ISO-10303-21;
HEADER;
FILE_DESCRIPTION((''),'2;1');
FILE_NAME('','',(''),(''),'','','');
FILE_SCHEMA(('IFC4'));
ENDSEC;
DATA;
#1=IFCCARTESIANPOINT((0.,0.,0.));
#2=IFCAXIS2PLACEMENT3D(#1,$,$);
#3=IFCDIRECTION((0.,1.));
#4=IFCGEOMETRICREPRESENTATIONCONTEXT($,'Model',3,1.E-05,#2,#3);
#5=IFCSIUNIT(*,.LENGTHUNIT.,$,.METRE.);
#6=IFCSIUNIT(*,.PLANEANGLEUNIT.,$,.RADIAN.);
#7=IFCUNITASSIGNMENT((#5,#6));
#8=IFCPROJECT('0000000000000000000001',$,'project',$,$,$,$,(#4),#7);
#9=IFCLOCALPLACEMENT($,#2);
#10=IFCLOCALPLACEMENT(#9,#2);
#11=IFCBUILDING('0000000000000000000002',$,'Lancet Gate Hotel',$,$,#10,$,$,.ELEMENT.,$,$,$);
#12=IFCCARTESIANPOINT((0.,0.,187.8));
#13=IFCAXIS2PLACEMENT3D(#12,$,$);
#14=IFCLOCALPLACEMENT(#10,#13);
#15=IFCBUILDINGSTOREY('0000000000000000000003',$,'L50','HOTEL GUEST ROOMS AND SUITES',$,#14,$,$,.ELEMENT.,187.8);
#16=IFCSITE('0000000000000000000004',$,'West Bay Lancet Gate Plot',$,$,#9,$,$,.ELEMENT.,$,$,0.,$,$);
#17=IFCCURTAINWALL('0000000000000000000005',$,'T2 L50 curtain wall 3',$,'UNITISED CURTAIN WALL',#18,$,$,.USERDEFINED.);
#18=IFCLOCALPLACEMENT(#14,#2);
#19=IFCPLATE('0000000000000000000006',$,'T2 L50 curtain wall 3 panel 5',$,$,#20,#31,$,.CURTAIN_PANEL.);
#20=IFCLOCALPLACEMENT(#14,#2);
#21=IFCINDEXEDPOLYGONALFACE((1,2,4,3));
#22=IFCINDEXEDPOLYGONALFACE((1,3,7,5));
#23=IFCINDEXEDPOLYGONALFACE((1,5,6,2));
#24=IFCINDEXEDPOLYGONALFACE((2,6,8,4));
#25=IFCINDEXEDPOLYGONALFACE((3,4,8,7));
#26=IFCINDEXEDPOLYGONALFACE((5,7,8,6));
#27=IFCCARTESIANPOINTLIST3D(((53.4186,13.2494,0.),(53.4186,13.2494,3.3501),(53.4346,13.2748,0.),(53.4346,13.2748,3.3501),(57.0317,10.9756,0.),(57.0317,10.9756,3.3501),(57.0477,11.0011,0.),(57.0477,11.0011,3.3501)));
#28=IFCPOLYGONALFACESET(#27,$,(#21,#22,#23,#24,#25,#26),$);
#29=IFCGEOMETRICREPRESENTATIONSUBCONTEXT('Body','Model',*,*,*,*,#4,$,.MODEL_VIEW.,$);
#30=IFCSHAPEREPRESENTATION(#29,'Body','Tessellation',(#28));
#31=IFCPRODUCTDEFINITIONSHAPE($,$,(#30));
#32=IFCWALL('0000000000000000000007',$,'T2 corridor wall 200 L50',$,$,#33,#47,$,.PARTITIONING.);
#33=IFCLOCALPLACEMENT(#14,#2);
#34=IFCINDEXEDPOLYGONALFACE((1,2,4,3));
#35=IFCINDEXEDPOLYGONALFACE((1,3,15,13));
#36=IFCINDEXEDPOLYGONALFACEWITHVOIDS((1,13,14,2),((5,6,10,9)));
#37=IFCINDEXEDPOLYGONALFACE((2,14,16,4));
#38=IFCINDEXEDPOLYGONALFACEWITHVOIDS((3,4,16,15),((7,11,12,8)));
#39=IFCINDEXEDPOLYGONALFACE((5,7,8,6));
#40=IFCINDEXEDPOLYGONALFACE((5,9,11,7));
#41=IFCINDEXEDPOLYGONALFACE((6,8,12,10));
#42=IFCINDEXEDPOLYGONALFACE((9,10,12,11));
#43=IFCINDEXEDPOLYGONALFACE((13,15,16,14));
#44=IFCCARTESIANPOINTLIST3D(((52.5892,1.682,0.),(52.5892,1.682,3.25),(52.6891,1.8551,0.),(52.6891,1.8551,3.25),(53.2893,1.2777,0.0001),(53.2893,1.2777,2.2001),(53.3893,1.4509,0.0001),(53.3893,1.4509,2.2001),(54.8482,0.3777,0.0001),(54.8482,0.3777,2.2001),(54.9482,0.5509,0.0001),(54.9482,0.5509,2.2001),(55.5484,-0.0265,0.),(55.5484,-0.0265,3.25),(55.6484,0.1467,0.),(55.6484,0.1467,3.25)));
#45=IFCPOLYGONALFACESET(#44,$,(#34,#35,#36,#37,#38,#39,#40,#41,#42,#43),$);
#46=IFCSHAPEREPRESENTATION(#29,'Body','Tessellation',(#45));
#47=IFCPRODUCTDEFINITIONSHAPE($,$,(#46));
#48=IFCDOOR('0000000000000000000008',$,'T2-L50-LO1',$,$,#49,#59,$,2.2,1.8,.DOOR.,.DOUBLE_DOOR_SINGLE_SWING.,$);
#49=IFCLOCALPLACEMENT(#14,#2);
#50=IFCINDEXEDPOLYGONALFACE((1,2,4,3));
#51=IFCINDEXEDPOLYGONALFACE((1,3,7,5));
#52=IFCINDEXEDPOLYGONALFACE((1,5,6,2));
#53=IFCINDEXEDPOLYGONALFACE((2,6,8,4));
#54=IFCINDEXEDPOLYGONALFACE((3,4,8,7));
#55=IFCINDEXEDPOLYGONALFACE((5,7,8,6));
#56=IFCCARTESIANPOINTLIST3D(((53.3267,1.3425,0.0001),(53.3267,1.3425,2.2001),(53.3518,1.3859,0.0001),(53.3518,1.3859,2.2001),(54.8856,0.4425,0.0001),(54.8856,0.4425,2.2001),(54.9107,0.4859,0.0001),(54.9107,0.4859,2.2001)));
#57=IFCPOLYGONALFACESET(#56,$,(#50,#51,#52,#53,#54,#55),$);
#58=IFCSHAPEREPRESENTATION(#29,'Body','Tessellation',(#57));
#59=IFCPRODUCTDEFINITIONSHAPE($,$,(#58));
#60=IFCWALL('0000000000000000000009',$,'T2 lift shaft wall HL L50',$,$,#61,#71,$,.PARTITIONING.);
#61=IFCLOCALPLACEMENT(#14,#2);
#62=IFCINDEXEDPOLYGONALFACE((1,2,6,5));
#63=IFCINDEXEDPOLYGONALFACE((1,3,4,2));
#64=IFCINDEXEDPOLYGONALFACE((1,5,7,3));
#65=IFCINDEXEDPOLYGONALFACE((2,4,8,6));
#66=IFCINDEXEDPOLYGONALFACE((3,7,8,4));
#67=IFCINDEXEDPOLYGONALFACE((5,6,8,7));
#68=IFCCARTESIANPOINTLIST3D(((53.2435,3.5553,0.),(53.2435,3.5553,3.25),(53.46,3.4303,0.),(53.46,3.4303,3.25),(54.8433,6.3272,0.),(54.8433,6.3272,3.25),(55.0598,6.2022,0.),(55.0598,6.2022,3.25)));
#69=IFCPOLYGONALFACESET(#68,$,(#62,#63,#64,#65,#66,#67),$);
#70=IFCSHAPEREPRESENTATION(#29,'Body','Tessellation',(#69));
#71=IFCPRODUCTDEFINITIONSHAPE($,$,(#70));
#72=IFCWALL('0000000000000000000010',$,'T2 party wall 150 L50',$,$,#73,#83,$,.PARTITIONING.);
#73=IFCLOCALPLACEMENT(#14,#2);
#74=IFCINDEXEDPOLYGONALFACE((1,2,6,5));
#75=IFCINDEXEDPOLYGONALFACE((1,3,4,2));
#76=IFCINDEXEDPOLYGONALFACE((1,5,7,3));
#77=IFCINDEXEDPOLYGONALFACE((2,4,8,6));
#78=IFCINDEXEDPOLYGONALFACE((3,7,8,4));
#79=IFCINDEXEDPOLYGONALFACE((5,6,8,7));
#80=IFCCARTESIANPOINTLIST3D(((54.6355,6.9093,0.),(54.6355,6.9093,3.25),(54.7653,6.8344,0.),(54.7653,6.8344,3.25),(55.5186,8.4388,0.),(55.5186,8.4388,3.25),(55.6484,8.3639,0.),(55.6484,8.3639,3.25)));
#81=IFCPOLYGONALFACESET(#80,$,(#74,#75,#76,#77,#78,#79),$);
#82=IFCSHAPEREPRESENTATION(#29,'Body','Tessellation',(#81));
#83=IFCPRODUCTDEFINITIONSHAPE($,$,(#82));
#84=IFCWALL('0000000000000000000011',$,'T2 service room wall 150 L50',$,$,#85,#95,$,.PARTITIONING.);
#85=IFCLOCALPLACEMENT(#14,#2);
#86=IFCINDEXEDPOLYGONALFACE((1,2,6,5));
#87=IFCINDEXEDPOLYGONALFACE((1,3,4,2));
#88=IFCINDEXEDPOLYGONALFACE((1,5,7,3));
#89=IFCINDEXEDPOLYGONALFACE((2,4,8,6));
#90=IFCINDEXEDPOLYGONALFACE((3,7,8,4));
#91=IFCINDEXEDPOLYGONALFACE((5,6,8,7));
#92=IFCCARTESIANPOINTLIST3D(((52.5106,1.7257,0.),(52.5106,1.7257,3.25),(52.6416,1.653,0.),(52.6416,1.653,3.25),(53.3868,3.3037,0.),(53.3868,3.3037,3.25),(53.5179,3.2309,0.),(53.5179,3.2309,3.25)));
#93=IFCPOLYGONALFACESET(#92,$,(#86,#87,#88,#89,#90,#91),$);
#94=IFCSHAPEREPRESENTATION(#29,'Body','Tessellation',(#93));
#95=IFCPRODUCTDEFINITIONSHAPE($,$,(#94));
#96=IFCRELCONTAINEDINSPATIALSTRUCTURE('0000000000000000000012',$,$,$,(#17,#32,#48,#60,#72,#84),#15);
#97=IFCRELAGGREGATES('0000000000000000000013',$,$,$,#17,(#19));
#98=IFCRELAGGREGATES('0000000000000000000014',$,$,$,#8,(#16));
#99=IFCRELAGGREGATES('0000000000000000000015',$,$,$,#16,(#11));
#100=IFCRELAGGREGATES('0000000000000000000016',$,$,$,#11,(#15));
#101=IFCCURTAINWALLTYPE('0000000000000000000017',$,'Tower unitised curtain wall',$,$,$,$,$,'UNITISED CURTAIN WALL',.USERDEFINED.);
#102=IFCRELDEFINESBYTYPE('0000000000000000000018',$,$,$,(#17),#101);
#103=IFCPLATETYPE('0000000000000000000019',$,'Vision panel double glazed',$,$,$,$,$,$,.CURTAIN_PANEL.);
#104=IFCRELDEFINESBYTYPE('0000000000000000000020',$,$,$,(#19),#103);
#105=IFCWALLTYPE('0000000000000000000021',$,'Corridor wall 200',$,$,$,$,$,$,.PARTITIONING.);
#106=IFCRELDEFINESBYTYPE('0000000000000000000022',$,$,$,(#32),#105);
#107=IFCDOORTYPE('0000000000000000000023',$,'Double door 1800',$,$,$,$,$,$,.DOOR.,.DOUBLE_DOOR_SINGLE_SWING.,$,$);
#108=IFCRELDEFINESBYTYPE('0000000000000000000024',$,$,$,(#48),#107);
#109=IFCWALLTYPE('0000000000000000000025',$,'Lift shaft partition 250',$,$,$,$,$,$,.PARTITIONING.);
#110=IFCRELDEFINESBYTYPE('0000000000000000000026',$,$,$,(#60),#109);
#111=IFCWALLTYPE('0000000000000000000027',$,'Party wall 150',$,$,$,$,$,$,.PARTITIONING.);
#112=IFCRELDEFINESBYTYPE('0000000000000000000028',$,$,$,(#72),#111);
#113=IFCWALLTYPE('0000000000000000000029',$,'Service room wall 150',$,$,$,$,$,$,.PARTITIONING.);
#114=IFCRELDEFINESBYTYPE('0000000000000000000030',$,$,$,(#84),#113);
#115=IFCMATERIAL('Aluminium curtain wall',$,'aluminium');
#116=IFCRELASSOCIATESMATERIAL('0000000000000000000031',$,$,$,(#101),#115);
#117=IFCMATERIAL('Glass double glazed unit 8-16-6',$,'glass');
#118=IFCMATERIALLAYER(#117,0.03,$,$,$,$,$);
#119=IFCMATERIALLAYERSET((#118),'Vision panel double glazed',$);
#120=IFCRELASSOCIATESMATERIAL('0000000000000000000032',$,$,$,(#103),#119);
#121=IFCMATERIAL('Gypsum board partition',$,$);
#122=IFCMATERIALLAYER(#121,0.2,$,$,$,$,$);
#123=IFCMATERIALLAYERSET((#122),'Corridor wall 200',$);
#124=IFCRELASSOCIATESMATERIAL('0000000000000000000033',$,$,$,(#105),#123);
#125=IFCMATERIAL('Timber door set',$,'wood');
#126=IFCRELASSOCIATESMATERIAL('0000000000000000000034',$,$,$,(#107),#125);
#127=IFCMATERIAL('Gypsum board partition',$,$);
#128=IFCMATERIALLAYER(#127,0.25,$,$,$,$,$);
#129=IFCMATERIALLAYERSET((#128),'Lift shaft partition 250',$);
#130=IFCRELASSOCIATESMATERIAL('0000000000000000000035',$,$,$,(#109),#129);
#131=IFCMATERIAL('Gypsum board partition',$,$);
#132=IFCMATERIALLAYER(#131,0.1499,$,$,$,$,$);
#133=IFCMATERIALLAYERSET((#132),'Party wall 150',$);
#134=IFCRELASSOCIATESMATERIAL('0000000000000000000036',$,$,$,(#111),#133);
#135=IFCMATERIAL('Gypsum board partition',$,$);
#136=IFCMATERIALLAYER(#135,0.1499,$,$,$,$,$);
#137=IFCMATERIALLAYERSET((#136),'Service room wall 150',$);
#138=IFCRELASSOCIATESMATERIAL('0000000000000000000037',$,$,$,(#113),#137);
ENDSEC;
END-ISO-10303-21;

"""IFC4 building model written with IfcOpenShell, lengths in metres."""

from ifc_helpers import new_model, si_unit, direction, frame, frame_2d, origin, origin_2d, place, context, subcontext, project, spatial, rectangle, extrude, material, layer, layer_set, type_object, element, fill, aggregate, save


model = new_model("IFC4")

# Units and contexts
model_context = context("Model", 3, precision=1e-05, world=origin(), true_north=direction((0.0, 1.0)))
body_context = subcontext(model_context, "Body", "Model", "MODEL_VIEW")
ifc_project = project(units=[si_unit("LENGTHUNIT", "METRE"), si_unit("PLANEANGLEUNIT", "RADIAN")], contexts=[model_context])

# Site, building, storey
site_placement = place(None, origin())
site = spatial("IfcSite", under=ifc_project, at=site_placement, Name="West Bay Lancet Gate Plot", CompositionType="ELEMENT", RefElevation=0.0)
building_placement = place(site_placement, origin())
building = spatial("IfcBuilding", under=site, at=building_placement, Name="Lancet Gate Hotel", CompositionType="ELEMENT")
storey_placement = place(building_placement, frame((0.0, 0.0, 187.8)))
storey = spatial("IfcBuildingStorey", under=building, at=storey_placement, Name="L50", Description="HOTEL GUEST ROOMS AND SUITES", CompositionType="ELEMENT", Elevation=187.8)

# Curtain wall
ifc_material_1 = material(Name="Aluminium curtain wall", Category="aluminium")
curtain_wall_type = type_object("IfcCurtainWallType", Name="Tower unitised curtain wall", ElementType="UNITISED CURTAIN WALL", PredefinedType="USERDEFINED", material=ifc_material_1)
curtain_wall_placement = place(storey_placement, origin())
curtain_wall = element("IfcCurtainWall", 1, at=curtain_wall_placement, inside=storey, type_object=curtain_wall_type, Name="T2 L50 curtain wall 3", ObjectType="UNITISED CURTAIN WALL", PredefinedType="USERDEFINED")

# Plate
ifc_material_2 = material(Name="Glass double glazed unit 8-16-6", Category="glass")
ifc_layer_1 = layer(ifc_material_2, 0.03)
ifc_layer_set_1 = layer_set([ifc_layer_1], Name="Vision panel double glazed")
plate_type = type_object("IfcPlateType", Name="Vision panel double glazed", PredefinedType="CURTAIN_PANEL", material=ifc_layer_set_1)
plate_1_placement = place(storey_placement, frame((55.2332, 12.1252, 0.0), z_axis=(0.0, 0.0, 1.0), x_axis=(-0.846352, 0.532623, 0.0)))
plate_1 = element("IfcPlate", 2, at=plate_1_placement, type_object=plate_type, Name="T2 L50 curtain wall 3 panel 5", PredefinedType="CURTAIN_PANEL", context=body_context, shape_type="SweptSolid", body=[
    extrude(rectangle(XDim=4.269, YDim=0.03, at=origin_2d()), origin(), (0.0, 0.0, 1.0), 3.3501),
])
aggregate(curtain_wall, [plate_1])

# Wall, opening, door
ifc_material_3 = material(Name="Gypsum board partition")
ifc_layer_2 = layer(ifc_material_3, 0.2)
ifc_layer_set_2 = layer_set([ifc_layer_2], Name="Corridor wall 200")
wall_type_1 = type_object("IfcWallType", Name="Corridor wall 200", PredefinedType="PARTITIONING", material=ifc_layer_set_2)
wall_1_placement = place(storey_placement, frame((52.6392, 1.7686, 0.0), z_axis=(0.0, 0.0, 1.0), x_axis=(0.866027, -0.499997, 0.0)))
wall_1 = element("IfcWall", 3, at=wall_1_placement, inside=storey, type_object=wall_type_1, Name="T2 corridor wall 200 L50", PredefinedType="PARTITIONING", context=body_context, shape_type="SweptSolid", body=[
    extrude(rectangle(XDim=3.417, YDim=0.2, at=frame_2d((1.7085, 0.0))), origin(), (0.0, 0.0, 1.0), 3.25),
])
opening_placement = place(wall_1_placement, frame((0.8086, 0.0, 0.0)))
opening = element("IfcOpeningElement", 4, at=opening_placement, cuts=wall_1, PredefinedType="OPENING", context=body_context, shape_type="SweptSolid", body=[
    extrude(rectangle(XDim=1.8, YDim=2.2, at=frame_2d((0.8999, 1.1001))), frame((0.0, 0.1099, 0.0), z_axis=(0.0, -1.0, 0.0), x_axis=(1.0, 0.0, 0.0)), (0.0, 0.0, 1.0), 0.22),
])
ifc_material_4 = material(Name="Timber door set", Category="wood")
door_type = type_object("IfcDoorType", Name="Double door 1800", OperationType="DOUBLE_DOOR_SINGLE_SWING", PredefinedType="DOOR", material=ifc_material_4)
door_placement = place(opening_placement, origin())
door = element("IfcDoor", 5, at=door_placement, inside=storey, type_object=door_type, Name="T2-L50-LO1", OperationType="DOUBLE_DOOR_SINGLE_SWING", OverallHeight=2.2, OverallWidth=1.8, PredefinedType="DOOR", context=body_context, shape_type="SweptSolid", body=[
    extrude(rectangle(XDim=1.8, YDim=2.2, at=frame_2d((0.8999, 1.1001))), frame((0.0, 0.0249, 0.0), z_axis=(0.0, -1.0, 0.0), x_axis=(1.0, 0.0, 0.0)), (0.0, 0.0, 1.0), 0.05),
])
fill(opening, door)

# Walls
ifc_material_5 = material(Name="Gypsum board partition")
ifc_layer_3 = layer(ifc_material_5, 0.25)
ifc_layer_set_3 = layer_set([ifc_layer_3], Name="Lift shaft partition 250")
wall_type_2 = type_object("IfcWallType", Name="Lift shaft partition 250", PredefinedType="PARTITIONING", material=ifc_layer_set_3)
wall_2_placement = place(storey_placement, frame((53.3518, 3.4929, 0.0), z_axis=(0.0, 0.0, 1.0), x_axis=(0.499872, 0.866099, 0.0)))
element("IfcWall", 6, at=wall_2_placement, inside=storey, type_object=wall_type_2, Name="T2 lift shaft wall HL L50", PredefinedType="PARTITIONING", context=body_context, shape_type="SweptSolid", body=[
    extrude(rectangle(XDim=3.2004, YDim=0.25, at=frame_2d((1.6001, 0.0))), origin(), (0.0, 0.0, 1.0), 3.25),
])
ifc_material_6 = material(Name="Gypsum board partition")
ifc_layer_4 = layer(ifc_material_6, 0.1499)
ifc_layer_set_4 = layer_set([ifc_layer_4], Name="Party wall 150")
wall_type_3 = type_object("IfcWallType", Name="Party wall 150", PredefinedType="PARTITIONING", material=ifc_layer_set_4)
wall_3_placement = place(storey_placement, frame((54.7004, 6.8718, 0.0), z_axis=(0.0, 0.0, 1.0), x_axis=(0.49999, 0.866031, 0.0)))
element("IfcWall", 7, at=wall_3_placement, inside=storey, type_object=wall_type_3, Name="T2 party wall 150 L50", PredefinedType="PARTITIONING", context=body_context, shape_type="SweptSolid", body=[
    extrude(rectangle(XDim=1.7661, YDim=0.1499, at=frame_2d((0.8831, 0.0))), origin(), (0.0, 0.0, 1.0), 3.25),
])
ifc_material_7 = material(Name="Gypsum board partition")
ifc_layer_5 = layer(ifc_material_7, 0.1499)
ifc_layer_set_5 = layer_set([ifc_layer_5], Name="Service room wall 150")
wall_type_4 = type_object("IfcWallType", Name="Service room wall 150", PredefinedType="PARTITIONING", material=ifc_layer_set_5)
wall_4_placement = place(storey_placement, frame((52.5762, 1.6895, 0.0), z_axis=(0.0, 0.0, 1.0), x_axis=(0.485482, 0.874247, 0.0)))
element("IfcWall", 8, at=wall_4_placement, inside=storey, type_object=wall_type_4, Name="T2 service room wall 150 L50", PredefinedType="PARTITIONING", context=body_context, shape_type="SweptSolid", body=[
    extrude(rectangle(XDim=1.8049, YDim=0.1499, at=frame_2d((0.9023, 0.0))), origin(), (0.0, 0.0, 1.0), 3.25),
])

save(model, "model.ifc")
